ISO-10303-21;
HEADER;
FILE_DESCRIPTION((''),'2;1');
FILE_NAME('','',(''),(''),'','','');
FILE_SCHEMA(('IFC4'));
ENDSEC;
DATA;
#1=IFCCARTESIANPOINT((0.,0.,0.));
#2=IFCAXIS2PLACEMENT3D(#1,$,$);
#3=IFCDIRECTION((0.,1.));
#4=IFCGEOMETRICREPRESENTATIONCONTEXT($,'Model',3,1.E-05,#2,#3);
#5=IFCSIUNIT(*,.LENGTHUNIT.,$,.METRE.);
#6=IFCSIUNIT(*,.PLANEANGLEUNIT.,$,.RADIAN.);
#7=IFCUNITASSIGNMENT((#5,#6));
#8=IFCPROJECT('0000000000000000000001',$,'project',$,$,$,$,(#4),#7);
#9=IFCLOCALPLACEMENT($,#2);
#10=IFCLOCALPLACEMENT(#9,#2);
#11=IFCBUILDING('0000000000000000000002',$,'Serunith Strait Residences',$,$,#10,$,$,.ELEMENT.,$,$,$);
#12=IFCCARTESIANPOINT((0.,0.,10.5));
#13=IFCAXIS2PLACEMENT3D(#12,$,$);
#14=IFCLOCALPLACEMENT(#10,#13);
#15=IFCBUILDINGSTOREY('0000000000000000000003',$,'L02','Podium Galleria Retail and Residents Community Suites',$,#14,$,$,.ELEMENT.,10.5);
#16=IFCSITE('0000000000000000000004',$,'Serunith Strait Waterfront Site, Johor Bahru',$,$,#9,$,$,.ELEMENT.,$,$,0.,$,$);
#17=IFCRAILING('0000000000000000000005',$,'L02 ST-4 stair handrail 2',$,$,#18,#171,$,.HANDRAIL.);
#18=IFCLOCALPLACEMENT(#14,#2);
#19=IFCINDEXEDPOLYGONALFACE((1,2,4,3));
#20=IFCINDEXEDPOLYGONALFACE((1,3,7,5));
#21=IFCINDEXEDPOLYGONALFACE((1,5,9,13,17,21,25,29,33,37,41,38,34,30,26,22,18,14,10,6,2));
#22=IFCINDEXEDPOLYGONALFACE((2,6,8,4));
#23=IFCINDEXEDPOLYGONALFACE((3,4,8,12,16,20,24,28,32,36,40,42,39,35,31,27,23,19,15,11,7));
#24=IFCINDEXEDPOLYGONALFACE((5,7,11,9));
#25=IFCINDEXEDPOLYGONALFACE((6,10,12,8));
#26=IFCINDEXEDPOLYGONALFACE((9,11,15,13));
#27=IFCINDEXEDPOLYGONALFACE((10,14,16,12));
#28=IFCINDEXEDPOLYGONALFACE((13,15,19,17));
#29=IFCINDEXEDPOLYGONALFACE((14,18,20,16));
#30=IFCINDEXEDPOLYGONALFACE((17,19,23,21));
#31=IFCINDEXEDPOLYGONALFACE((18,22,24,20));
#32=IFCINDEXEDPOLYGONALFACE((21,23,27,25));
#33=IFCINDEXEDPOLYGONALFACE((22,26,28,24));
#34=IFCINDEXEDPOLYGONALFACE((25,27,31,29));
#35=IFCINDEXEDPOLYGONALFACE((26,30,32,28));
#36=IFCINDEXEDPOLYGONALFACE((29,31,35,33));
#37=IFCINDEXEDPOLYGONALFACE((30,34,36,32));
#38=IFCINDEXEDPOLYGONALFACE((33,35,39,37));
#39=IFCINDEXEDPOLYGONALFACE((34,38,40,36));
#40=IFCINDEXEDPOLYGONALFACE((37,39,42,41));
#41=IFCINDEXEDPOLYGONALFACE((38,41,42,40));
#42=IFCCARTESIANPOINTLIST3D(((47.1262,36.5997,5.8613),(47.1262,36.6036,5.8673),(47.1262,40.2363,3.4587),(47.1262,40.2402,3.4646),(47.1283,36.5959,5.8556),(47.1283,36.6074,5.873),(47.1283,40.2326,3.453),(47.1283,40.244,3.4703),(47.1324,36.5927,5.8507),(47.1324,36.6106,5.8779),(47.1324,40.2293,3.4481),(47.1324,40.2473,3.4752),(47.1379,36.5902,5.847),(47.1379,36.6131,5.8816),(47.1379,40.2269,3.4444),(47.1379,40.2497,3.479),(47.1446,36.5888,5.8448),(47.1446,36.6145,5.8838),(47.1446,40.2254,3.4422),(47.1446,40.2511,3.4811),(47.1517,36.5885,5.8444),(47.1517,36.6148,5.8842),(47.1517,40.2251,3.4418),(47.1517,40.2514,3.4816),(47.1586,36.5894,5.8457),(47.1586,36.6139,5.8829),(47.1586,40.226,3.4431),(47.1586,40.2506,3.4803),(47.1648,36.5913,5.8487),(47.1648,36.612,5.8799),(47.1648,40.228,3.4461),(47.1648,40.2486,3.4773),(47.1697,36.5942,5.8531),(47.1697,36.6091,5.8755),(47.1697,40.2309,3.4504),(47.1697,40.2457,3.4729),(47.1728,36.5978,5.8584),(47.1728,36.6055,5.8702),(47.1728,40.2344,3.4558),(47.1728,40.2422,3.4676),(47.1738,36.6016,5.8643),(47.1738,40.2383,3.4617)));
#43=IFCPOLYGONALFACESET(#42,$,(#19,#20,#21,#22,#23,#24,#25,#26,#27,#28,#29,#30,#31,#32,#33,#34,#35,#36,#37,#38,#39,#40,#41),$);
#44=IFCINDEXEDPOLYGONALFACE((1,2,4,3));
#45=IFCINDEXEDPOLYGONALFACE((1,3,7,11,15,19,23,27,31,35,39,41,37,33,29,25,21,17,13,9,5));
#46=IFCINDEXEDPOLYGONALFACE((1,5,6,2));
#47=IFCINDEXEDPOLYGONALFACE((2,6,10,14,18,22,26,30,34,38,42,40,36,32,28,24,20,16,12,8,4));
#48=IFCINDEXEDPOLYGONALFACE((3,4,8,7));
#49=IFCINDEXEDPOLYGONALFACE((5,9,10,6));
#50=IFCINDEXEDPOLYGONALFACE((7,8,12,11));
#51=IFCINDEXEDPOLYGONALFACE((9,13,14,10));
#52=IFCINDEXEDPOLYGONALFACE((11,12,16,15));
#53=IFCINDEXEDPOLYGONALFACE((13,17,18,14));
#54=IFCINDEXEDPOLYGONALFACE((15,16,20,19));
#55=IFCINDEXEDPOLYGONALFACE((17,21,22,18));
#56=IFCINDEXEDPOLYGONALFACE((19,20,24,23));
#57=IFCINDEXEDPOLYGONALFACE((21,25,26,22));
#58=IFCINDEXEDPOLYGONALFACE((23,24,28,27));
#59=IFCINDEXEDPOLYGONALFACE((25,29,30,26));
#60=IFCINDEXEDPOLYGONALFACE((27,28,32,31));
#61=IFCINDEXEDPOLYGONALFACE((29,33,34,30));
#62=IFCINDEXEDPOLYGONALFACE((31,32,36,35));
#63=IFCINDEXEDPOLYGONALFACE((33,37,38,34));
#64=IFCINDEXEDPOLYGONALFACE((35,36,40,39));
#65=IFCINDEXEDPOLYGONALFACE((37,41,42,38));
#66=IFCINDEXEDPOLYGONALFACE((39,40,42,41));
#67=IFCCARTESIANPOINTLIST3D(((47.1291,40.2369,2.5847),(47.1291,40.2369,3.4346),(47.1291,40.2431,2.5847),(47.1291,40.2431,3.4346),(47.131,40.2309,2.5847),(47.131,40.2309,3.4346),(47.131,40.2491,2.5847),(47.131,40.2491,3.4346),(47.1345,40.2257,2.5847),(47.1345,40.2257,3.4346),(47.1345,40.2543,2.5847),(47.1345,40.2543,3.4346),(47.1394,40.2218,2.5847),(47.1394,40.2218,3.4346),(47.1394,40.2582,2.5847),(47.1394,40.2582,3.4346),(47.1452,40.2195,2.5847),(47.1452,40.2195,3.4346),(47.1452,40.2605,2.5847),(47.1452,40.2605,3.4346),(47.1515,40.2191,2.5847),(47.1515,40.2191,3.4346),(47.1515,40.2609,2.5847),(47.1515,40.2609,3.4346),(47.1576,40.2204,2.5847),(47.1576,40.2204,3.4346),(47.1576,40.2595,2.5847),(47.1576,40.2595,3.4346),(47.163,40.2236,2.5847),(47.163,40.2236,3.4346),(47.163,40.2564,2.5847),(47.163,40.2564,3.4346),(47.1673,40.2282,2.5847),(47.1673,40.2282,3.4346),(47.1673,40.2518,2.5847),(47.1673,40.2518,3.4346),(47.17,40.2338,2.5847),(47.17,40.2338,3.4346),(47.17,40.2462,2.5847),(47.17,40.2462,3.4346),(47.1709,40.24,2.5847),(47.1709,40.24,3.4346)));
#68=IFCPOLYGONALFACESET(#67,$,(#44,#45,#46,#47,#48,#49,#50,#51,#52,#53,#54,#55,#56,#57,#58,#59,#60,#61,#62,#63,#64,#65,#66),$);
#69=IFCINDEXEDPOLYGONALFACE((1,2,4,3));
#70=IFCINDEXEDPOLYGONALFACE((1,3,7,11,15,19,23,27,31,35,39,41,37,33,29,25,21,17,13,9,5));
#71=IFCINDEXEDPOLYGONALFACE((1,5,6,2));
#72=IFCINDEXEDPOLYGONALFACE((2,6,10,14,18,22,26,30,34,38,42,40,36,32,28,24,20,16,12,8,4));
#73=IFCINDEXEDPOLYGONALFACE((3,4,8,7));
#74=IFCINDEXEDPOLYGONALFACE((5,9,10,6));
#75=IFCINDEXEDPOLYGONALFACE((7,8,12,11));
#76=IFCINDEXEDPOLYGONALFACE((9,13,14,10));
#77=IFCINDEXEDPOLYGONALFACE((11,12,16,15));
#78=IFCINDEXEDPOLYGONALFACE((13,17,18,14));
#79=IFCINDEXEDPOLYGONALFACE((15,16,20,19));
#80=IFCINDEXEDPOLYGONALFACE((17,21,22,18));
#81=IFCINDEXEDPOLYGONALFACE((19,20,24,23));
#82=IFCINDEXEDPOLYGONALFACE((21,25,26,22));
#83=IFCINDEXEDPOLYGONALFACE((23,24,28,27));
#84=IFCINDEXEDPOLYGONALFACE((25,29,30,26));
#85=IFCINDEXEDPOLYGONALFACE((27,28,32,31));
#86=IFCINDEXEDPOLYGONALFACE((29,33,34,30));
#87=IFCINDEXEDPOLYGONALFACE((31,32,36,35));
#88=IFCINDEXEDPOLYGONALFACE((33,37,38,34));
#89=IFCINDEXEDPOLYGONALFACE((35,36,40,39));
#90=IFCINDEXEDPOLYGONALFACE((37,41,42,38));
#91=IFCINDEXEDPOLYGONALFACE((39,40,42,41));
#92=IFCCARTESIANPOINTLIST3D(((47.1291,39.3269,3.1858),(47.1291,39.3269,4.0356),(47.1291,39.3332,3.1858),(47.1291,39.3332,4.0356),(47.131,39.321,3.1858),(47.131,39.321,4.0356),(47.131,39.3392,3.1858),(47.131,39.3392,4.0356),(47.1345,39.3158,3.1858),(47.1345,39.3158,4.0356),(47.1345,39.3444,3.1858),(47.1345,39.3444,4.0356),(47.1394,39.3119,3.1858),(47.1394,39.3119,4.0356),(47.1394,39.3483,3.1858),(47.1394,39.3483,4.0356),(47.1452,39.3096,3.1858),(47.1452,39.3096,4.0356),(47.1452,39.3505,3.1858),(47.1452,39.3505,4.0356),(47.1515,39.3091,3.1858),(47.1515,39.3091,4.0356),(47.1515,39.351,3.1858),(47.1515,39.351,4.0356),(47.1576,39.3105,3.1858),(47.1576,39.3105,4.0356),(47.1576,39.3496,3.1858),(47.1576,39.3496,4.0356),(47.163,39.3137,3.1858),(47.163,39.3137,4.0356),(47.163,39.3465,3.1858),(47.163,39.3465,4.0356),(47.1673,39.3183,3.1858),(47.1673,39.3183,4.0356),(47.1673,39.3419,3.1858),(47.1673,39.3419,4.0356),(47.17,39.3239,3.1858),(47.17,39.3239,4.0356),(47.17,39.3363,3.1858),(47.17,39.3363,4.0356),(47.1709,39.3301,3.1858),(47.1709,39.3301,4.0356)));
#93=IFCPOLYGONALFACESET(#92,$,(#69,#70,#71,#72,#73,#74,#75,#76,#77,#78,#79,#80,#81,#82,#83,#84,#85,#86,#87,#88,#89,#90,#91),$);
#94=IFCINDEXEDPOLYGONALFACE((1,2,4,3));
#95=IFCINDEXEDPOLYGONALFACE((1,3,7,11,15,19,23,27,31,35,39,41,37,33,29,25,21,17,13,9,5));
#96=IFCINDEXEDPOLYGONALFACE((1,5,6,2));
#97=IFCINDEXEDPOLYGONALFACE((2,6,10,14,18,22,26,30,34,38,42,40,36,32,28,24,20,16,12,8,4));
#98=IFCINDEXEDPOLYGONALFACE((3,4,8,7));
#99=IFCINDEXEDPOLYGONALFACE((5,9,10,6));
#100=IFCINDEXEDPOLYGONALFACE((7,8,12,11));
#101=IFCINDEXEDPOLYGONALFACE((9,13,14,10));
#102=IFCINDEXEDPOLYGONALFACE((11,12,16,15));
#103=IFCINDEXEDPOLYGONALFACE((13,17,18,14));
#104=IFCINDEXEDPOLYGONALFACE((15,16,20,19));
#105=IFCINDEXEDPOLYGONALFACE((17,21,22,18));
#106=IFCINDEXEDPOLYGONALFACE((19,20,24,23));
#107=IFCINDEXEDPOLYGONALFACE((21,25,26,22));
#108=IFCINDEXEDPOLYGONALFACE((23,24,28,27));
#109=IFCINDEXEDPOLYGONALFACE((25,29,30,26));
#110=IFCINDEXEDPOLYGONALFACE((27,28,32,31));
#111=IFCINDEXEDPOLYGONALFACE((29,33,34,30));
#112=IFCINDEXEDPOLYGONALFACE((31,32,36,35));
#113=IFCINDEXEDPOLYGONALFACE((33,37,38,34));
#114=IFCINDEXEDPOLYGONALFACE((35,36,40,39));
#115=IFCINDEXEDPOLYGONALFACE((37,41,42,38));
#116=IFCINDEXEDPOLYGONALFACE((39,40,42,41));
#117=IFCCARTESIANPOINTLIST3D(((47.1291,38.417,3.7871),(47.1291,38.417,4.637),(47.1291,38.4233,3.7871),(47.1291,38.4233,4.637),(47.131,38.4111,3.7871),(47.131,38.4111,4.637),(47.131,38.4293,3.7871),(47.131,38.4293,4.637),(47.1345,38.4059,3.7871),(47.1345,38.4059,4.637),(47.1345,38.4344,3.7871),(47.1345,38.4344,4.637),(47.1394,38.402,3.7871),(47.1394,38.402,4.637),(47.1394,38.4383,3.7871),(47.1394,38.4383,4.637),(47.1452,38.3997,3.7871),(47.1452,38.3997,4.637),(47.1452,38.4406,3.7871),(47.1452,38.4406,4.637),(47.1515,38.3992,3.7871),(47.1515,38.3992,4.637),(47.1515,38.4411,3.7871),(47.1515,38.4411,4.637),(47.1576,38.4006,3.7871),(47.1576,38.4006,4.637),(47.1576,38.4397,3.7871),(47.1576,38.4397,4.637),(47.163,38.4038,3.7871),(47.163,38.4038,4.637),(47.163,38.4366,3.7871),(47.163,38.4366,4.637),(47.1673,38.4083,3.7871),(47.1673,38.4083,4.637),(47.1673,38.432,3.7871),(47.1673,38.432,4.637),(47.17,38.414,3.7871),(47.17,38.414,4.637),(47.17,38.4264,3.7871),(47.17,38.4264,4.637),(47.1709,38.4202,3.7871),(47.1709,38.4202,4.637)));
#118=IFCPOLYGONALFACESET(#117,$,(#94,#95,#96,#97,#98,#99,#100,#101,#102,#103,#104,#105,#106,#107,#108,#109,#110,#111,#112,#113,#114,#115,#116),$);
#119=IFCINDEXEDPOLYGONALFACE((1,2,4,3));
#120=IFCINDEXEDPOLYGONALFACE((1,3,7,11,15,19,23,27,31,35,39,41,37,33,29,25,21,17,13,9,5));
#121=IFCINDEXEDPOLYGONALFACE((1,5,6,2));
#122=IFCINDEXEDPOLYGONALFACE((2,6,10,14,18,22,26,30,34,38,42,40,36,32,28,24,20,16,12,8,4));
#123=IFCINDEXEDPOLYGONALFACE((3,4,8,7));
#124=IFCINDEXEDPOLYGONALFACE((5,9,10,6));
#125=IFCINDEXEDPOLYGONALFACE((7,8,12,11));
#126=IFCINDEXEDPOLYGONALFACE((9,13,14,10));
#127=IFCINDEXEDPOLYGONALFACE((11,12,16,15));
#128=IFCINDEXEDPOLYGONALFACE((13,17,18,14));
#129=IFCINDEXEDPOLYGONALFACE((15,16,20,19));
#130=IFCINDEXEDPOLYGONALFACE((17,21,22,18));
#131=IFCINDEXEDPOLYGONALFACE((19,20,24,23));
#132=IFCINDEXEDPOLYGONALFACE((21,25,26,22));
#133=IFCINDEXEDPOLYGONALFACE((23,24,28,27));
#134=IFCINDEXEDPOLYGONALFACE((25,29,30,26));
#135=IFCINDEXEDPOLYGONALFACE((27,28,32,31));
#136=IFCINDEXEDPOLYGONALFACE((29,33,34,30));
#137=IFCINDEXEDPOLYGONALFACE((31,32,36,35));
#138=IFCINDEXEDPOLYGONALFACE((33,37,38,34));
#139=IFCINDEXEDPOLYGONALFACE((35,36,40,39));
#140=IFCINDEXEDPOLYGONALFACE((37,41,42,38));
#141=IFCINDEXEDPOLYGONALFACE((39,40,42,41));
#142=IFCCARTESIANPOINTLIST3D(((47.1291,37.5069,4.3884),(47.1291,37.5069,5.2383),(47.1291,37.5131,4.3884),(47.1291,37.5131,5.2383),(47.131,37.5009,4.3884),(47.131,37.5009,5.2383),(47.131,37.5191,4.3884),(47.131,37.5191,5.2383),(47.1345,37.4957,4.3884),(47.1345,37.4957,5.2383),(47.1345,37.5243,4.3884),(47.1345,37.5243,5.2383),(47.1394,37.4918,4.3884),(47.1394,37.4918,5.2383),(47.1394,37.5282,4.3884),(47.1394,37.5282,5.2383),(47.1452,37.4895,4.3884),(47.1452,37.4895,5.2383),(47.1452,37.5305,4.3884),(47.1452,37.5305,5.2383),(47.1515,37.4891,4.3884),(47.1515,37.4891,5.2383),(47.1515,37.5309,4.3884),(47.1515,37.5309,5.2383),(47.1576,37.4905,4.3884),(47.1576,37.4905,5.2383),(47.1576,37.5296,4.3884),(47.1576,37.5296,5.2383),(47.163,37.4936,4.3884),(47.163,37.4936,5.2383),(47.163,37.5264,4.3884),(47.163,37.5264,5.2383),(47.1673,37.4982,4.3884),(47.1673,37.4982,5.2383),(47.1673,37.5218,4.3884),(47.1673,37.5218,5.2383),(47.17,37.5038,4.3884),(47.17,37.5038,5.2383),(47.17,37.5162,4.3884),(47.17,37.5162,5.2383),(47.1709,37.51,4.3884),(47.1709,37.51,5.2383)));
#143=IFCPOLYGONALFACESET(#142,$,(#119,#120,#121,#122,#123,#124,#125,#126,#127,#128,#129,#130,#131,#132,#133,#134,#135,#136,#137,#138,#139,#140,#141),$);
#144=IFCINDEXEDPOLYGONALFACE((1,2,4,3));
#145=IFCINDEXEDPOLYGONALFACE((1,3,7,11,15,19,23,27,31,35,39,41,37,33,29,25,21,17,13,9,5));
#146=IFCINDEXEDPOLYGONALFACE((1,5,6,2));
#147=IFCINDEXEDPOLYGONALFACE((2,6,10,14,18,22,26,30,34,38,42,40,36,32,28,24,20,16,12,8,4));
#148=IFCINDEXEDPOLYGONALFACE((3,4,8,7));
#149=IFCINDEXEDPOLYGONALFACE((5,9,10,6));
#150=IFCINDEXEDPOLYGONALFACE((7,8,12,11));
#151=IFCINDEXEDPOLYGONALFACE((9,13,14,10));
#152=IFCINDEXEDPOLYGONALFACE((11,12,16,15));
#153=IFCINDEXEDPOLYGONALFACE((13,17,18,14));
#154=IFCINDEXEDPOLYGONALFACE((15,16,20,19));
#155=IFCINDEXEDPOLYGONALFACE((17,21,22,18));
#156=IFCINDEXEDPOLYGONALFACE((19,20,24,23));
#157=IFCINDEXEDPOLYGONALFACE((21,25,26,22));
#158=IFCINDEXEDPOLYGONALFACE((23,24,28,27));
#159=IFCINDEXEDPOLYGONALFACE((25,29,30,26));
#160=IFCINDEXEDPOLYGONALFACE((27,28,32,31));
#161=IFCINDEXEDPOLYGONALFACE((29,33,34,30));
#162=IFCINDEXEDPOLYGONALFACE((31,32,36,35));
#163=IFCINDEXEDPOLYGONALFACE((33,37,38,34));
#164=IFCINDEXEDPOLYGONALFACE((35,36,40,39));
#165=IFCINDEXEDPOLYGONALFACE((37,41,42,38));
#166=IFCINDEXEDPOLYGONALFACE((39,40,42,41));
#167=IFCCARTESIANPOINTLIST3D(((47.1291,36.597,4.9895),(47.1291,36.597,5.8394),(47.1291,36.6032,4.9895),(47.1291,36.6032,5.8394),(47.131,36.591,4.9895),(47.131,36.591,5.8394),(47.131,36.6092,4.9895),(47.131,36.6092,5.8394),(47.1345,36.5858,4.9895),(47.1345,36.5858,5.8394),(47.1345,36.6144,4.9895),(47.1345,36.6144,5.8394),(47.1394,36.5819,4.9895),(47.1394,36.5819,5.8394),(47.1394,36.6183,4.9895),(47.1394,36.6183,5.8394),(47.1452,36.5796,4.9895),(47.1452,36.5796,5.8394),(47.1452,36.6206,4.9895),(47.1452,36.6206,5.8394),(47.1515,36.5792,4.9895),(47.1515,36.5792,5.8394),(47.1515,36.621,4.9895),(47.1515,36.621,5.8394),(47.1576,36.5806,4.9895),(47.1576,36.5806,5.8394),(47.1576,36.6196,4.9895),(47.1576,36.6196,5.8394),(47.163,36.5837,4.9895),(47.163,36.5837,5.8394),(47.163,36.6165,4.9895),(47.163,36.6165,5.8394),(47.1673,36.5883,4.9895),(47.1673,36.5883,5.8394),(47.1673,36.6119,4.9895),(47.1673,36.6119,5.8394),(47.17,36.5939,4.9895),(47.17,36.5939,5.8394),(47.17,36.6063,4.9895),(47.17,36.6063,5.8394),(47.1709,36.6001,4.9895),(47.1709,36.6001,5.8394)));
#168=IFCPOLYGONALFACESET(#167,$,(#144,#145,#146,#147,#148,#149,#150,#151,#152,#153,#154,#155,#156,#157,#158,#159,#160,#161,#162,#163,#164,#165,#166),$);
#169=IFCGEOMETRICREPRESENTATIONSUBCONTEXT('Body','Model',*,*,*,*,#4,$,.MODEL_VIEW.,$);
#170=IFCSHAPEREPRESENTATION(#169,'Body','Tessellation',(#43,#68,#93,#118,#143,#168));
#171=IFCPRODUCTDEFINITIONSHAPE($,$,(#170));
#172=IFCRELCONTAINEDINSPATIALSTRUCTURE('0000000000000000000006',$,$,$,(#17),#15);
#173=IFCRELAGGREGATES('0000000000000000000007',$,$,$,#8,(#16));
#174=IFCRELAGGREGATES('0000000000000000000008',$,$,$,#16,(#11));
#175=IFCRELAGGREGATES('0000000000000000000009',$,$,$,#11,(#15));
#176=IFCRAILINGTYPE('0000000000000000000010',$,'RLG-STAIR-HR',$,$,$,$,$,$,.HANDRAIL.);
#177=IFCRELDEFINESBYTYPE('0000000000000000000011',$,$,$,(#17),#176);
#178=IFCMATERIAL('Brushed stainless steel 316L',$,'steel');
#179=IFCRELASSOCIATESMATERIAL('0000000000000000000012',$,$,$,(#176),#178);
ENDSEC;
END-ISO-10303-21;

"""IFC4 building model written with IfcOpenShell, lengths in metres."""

from ifc_helpers import new_model, si_unit, direction, frame, origin, origin_2d, place, context, subcontext, project, spatial, circle, extrude, material, type_object, element, save


model = new_model("IFC4")

# Units and contexts
model_context = context("Model", 3, precision=1e-05, world=origin(), true_north=direction((0.0, 1.0)))
body_context = subcontext(model_context, "Body", "Model", "MODEL_VIEW")
ifc_project = project(units=[si_unit("LENGTHUNIT", "METRE"), si_unit("PLANEANGLEUNIT", "RADIAN")], contexts=[model_context])

# Site, building, storey
site_placement = place(None, origin())
site = spatial("IfcSite", under=ifc_project, at=site_placement, Name="Serunith Strait Waterfront Site, Johor Bahru", CompositionType="ELEMENT", RefElevation=0.0)
building_placement = place(site_placement, origin())
building = spatial("IfcBuilding", under=site, at=building_placement, Name="Serunith Strait Residences", CompositionType="ELEMENT")
storey_placement = place(building_placement, frame((0.0, 0.0, 10.5)))
storey = spatial("IfcBuildingStorey", under=building, at=storey_placement, Name="L02", Description="Podium Galleria Retail and Residents Community Suites", CompositionType="ELEMENT", Elevation=10.5)

# Railing
ifc_material_1 = material(Name="Brushed stainless steel 316L", Category="steel")
railing_type_1 = type_object("IfcRailingType", Name="RLG-STAIR-HR", PredefinedType="HANDRAIL", material=ifc_material_1)
railing_1_placement = place(storey_placement, frame((47.1499, 40.24, 2.5847)))
element("IfcRailing", 1, at=railing_1_placement, inside=storey, type_object=railing_type_1, Name="L02 ST-4 stair handrail 2", PredefinedType="HANDRAIL", context=body_context, shape_type="SweptSolid", body=[
    extrude(circle(Radius=0.0239, at=origin_2d()), frame((0.0, -0.0017, 0.877), z_axis=(0.0, -0.83435, 0.551234), x_axis=(1.0, 0.0, 0.0)), (0.0, 0.0, 1.0), 4.3586),
    extrude(circle(Radius=0.021, at=origin_2d()), origin(), (0.0, 0.0, 1.0), 0.8499),
    extrude(circle(Radius=0.021, at=origin_2d()), frame((0.0, -0.9099, 0.6011)), (0.0, 0.0, 1.0), 0.8499),
    extrude(circle(Radius=0.021, at=origin_2d()), frame((0.0, -1.8198, 1.2024)), (0.0, 0.0, 1.0), 0.8499),
    extrude(circle(Radius=0.021, at=origin_2d()), frame((0.0, -2.73, 1.8037)), (0.0, 0.0, 1.0), 0.8499),
    extrude(circle(Radius=0.021, at=origin_2d()), frame((0.0, -3.6399, 2.4048)), (0.0, 0.0, 1.0), 0.8499),
])

save(model, "model.ifc")
